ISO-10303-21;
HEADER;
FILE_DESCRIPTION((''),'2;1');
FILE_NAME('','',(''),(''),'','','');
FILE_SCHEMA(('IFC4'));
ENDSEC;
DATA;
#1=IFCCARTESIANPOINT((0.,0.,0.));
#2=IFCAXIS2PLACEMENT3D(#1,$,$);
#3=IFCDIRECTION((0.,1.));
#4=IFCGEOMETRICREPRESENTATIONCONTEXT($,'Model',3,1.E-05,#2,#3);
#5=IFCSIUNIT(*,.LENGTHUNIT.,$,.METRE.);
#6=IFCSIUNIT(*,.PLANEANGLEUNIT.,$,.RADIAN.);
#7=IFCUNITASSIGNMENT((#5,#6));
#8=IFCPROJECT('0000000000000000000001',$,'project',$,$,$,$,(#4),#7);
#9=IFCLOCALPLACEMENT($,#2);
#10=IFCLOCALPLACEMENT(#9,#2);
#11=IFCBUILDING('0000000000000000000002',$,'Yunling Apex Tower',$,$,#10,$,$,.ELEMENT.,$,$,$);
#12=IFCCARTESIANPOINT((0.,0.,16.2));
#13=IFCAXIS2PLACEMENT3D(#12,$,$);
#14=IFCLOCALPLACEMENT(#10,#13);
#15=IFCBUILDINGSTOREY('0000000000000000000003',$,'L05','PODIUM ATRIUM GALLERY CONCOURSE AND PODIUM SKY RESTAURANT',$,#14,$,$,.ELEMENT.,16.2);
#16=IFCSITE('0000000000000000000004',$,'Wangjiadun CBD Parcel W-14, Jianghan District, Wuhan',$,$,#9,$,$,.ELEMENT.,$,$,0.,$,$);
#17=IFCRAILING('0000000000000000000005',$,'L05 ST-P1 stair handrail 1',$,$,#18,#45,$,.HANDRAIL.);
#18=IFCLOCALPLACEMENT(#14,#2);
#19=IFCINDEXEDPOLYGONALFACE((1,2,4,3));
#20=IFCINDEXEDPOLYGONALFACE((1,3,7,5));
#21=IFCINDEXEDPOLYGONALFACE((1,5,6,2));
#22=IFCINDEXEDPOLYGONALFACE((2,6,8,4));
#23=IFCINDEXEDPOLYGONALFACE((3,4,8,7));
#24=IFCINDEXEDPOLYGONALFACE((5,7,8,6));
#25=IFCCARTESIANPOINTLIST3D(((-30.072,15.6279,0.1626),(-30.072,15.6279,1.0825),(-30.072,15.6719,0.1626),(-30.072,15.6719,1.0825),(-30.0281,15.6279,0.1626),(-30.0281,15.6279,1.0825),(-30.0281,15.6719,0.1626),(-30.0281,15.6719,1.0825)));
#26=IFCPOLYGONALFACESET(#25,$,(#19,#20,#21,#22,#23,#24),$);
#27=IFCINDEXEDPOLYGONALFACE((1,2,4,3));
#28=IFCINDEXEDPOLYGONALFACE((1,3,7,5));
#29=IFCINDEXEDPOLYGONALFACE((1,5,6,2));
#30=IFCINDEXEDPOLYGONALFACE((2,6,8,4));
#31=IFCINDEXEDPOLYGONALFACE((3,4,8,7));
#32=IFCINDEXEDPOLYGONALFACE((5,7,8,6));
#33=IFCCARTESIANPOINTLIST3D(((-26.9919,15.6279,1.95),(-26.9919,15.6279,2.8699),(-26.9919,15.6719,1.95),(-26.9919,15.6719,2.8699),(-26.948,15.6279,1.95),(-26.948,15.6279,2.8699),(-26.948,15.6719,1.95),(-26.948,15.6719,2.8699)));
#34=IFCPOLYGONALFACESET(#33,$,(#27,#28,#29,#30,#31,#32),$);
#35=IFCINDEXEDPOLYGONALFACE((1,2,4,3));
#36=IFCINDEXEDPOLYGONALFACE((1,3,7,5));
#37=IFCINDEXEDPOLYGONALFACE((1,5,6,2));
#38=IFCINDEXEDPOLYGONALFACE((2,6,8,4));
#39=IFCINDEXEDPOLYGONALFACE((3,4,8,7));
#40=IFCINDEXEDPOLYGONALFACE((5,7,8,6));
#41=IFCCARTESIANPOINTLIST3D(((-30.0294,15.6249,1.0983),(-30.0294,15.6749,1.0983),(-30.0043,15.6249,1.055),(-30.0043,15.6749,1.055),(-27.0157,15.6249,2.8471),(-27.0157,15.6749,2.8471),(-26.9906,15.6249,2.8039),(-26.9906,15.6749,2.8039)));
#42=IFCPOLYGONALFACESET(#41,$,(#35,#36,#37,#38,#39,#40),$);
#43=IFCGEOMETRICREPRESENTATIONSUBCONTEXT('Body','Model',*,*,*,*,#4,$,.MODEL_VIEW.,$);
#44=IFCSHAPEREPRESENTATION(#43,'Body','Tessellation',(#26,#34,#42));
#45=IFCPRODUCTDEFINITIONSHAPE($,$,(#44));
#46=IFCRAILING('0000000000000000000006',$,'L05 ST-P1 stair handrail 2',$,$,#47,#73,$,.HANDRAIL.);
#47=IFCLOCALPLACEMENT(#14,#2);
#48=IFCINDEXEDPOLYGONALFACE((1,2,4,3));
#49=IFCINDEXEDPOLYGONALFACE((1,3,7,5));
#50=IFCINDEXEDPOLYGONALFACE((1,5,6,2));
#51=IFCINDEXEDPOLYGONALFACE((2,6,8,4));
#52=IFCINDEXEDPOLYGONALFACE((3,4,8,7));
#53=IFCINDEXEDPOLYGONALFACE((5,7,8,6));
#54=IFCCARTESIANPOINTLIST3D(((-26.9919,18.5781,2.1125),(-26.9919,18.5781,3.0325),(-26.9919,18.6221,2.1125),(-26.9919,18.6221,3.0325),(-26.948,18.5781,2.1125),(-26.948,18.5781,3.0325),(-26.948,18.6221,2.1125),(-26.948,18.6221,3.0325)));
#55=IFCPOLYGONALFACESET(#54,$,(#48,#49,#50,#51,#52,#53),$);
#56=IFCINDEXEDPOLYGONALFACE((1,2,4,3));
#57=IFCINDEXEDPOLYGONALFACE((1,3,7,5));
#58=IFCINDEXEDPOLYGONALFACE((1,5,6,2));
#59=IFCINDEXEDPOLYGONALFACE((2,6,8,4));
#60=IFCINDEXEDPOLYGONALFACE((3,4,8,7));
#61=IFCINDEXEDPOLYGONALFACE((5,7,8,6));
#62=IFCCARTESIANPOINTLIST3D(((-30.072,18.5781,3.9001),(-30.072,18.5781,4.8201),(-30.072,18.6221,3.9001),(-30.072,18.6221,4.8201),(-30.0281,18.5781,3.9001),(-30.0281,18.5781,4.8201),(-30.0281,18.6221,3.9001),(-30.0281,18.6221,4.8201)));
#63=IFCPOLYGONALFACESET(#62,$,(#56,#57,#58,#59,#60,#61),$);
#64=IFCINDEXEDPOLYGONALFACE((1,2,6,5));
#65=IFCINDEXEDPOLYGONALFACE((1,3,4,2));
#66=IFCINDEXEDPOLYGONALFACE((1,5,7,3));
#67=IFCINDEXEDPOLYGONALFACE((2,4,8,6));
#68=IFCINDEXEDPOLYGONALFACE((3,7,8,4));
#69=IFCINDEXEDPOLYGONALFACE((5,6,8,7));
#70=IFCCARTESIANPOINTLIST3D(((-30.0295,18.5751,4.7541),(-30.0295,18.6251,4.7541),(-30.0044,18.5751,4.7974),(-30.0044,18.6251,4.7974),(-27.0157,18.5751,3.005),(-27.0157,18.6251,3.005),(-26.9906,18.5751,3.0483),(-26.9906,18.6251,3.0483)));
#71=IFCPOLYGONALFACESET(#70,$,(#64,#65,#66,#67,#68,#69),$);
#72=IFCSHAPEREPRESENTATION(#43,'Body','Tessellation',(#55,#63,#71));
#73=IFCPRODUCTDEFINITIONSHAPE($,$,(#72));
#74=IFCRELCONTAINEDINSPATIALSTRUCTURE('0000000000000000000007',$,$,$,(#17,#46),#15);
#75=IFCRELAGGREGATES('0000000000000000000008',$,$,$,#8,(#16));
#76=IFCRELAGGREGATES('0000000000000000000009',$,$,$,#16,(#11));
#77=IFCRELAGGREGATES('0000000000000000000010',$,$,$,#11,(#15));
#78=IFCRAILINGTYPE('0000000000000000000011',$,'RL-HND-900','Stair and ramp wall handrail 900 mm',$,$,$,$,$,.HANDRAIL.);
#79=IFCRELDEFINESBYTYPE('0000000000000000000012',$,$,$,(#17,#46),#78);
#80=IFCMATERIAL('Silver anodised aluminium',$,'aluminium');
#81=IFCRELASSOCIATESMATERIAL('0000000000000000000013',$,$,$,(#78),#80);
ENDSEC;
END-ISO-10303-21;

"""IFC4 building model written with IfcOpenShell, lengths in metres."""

from ifc_helpers import new_model, si_unit, direction, frame, origin, origin_2d, place, context, subcontext, project, spatial, rectangle, extrude, material, type_object, element, save


model = new_model("IFC4")

# Units and contexts
model_context = context("Model", 3, precision=1e-05, world=origin(), true_north=direction((0.0, 1.0)))
body_context = subcontext(model_context, "Body", "Model", "MODEL_VIEW")
ifc_project = project(units=[si_unit("LENGTHUNIT", "METRE"), si_unit("PLANEANGLEUNIT", "RADIAN")], contexts=[model_context])

# Site, building, storey
site_placement = place(None, origin())
site = spatial("IfcSite", under=ifc_project, at=site_placement, Name="Wangjiadun CBD Parcel W-14, Jianghan District, Wuhan", CompositionType="ELEMENT", RefElevation=0.0)
building_placement = place(site_placement, origin())
building = spatial("IfcBuilding", under=site, at=building_placement, Name="Yunling Apex Tower", CompositionType="ELEMENT")
storey_placement = place(building_placement, frame((0.0, 0.0, 16.2)))
storey = spatial("IfcBuildingStorey", under=building, at=storey_placement, Name="L05", Description="PODIUM ATRIUM GALLERY CONCOURSE AND PODIUM SKY RESTAURANT", CompositionType="ELEMENT", Elevation=16.2)

# Railings
ifc_material_1 = material(Name="Silver anodised aluminium", Category="aluminium")
railing_type_1 = type_object("IfcRailingType", Name="RL-HND-900", Description="Stair and ramp wall handrail 900 mm", PredefinedType="HANDRAIL", material=ifc_material_1)
railing_1_placement = place(storey_placement, frame((-30.05, 15.6499, 0.1626)))
element("IfcRailing", 1, at=railing_1_placement, inside=storey, type_object=railing_type_1, Name="L05 ST-P1 stair handrail 1", PredefinedType="HANDRAIL", context=body_context, shape_type="SweptSolid", body=[
    extrude(rectangle(XDim=0.0439, YDim=0.0439, at=origin_2d()), origin(), (0.0, 0.0, 1.0), 0.9199),
    extrude(rectangle(XDim=0.0439, YDim=0.0439, at=origin_2d()), frame((3.0801, 0.0, 1.7874)), (0.0, 0.0, 1.0), 0.9199),
    extrude(rectangle(XDim=0.05, YDim=0.05, at=origin_2d()), frame((0.0332, 0.0, 0.9141), z_axis=(0.86492, 0.0, 0.501909), x_axis=(0.0, 1.0, 0.0)), (0.0, 0.0, 1.0), 3.4844),
])
railing_2_placement = place(storey_placement, frame((-26.97, 18.6001, 2.1125)))
element("IfcRailing", 2, at=railing_2_placement, inside=storey, type_object=railing_type_1, Name="L05 ST-P1 stair handrail 2", PredefinedType="HANDRAIL", context=body_context, shape_type="SweptSolid", body=[
    extrude(rectangle(XDim=0.0439, YDim=0.0439, at=origin_2d()), origin(), (0.0, 0.0, 1.0), 0.9199),
    extrude(rectangle(XDim=0.0439, YDim=0.0439, at=origin_2d()), frame((-3.0801, 0.0, 1.7876)), (0.0, 0.0, 1.0), 0.9199),
    extrude(rectangle(XDim=0.05, YDim=0.05, at=origin_2d()), frame((-0.0332, 0.0, 0.9141), z_axis=(-0.864891, 0.0, 0.50196), x_axis=(0.0, -1.0, 0.0)), (0.0, 0.0, 1.0), 3.4846),
])

save(model, "model.ifc")
